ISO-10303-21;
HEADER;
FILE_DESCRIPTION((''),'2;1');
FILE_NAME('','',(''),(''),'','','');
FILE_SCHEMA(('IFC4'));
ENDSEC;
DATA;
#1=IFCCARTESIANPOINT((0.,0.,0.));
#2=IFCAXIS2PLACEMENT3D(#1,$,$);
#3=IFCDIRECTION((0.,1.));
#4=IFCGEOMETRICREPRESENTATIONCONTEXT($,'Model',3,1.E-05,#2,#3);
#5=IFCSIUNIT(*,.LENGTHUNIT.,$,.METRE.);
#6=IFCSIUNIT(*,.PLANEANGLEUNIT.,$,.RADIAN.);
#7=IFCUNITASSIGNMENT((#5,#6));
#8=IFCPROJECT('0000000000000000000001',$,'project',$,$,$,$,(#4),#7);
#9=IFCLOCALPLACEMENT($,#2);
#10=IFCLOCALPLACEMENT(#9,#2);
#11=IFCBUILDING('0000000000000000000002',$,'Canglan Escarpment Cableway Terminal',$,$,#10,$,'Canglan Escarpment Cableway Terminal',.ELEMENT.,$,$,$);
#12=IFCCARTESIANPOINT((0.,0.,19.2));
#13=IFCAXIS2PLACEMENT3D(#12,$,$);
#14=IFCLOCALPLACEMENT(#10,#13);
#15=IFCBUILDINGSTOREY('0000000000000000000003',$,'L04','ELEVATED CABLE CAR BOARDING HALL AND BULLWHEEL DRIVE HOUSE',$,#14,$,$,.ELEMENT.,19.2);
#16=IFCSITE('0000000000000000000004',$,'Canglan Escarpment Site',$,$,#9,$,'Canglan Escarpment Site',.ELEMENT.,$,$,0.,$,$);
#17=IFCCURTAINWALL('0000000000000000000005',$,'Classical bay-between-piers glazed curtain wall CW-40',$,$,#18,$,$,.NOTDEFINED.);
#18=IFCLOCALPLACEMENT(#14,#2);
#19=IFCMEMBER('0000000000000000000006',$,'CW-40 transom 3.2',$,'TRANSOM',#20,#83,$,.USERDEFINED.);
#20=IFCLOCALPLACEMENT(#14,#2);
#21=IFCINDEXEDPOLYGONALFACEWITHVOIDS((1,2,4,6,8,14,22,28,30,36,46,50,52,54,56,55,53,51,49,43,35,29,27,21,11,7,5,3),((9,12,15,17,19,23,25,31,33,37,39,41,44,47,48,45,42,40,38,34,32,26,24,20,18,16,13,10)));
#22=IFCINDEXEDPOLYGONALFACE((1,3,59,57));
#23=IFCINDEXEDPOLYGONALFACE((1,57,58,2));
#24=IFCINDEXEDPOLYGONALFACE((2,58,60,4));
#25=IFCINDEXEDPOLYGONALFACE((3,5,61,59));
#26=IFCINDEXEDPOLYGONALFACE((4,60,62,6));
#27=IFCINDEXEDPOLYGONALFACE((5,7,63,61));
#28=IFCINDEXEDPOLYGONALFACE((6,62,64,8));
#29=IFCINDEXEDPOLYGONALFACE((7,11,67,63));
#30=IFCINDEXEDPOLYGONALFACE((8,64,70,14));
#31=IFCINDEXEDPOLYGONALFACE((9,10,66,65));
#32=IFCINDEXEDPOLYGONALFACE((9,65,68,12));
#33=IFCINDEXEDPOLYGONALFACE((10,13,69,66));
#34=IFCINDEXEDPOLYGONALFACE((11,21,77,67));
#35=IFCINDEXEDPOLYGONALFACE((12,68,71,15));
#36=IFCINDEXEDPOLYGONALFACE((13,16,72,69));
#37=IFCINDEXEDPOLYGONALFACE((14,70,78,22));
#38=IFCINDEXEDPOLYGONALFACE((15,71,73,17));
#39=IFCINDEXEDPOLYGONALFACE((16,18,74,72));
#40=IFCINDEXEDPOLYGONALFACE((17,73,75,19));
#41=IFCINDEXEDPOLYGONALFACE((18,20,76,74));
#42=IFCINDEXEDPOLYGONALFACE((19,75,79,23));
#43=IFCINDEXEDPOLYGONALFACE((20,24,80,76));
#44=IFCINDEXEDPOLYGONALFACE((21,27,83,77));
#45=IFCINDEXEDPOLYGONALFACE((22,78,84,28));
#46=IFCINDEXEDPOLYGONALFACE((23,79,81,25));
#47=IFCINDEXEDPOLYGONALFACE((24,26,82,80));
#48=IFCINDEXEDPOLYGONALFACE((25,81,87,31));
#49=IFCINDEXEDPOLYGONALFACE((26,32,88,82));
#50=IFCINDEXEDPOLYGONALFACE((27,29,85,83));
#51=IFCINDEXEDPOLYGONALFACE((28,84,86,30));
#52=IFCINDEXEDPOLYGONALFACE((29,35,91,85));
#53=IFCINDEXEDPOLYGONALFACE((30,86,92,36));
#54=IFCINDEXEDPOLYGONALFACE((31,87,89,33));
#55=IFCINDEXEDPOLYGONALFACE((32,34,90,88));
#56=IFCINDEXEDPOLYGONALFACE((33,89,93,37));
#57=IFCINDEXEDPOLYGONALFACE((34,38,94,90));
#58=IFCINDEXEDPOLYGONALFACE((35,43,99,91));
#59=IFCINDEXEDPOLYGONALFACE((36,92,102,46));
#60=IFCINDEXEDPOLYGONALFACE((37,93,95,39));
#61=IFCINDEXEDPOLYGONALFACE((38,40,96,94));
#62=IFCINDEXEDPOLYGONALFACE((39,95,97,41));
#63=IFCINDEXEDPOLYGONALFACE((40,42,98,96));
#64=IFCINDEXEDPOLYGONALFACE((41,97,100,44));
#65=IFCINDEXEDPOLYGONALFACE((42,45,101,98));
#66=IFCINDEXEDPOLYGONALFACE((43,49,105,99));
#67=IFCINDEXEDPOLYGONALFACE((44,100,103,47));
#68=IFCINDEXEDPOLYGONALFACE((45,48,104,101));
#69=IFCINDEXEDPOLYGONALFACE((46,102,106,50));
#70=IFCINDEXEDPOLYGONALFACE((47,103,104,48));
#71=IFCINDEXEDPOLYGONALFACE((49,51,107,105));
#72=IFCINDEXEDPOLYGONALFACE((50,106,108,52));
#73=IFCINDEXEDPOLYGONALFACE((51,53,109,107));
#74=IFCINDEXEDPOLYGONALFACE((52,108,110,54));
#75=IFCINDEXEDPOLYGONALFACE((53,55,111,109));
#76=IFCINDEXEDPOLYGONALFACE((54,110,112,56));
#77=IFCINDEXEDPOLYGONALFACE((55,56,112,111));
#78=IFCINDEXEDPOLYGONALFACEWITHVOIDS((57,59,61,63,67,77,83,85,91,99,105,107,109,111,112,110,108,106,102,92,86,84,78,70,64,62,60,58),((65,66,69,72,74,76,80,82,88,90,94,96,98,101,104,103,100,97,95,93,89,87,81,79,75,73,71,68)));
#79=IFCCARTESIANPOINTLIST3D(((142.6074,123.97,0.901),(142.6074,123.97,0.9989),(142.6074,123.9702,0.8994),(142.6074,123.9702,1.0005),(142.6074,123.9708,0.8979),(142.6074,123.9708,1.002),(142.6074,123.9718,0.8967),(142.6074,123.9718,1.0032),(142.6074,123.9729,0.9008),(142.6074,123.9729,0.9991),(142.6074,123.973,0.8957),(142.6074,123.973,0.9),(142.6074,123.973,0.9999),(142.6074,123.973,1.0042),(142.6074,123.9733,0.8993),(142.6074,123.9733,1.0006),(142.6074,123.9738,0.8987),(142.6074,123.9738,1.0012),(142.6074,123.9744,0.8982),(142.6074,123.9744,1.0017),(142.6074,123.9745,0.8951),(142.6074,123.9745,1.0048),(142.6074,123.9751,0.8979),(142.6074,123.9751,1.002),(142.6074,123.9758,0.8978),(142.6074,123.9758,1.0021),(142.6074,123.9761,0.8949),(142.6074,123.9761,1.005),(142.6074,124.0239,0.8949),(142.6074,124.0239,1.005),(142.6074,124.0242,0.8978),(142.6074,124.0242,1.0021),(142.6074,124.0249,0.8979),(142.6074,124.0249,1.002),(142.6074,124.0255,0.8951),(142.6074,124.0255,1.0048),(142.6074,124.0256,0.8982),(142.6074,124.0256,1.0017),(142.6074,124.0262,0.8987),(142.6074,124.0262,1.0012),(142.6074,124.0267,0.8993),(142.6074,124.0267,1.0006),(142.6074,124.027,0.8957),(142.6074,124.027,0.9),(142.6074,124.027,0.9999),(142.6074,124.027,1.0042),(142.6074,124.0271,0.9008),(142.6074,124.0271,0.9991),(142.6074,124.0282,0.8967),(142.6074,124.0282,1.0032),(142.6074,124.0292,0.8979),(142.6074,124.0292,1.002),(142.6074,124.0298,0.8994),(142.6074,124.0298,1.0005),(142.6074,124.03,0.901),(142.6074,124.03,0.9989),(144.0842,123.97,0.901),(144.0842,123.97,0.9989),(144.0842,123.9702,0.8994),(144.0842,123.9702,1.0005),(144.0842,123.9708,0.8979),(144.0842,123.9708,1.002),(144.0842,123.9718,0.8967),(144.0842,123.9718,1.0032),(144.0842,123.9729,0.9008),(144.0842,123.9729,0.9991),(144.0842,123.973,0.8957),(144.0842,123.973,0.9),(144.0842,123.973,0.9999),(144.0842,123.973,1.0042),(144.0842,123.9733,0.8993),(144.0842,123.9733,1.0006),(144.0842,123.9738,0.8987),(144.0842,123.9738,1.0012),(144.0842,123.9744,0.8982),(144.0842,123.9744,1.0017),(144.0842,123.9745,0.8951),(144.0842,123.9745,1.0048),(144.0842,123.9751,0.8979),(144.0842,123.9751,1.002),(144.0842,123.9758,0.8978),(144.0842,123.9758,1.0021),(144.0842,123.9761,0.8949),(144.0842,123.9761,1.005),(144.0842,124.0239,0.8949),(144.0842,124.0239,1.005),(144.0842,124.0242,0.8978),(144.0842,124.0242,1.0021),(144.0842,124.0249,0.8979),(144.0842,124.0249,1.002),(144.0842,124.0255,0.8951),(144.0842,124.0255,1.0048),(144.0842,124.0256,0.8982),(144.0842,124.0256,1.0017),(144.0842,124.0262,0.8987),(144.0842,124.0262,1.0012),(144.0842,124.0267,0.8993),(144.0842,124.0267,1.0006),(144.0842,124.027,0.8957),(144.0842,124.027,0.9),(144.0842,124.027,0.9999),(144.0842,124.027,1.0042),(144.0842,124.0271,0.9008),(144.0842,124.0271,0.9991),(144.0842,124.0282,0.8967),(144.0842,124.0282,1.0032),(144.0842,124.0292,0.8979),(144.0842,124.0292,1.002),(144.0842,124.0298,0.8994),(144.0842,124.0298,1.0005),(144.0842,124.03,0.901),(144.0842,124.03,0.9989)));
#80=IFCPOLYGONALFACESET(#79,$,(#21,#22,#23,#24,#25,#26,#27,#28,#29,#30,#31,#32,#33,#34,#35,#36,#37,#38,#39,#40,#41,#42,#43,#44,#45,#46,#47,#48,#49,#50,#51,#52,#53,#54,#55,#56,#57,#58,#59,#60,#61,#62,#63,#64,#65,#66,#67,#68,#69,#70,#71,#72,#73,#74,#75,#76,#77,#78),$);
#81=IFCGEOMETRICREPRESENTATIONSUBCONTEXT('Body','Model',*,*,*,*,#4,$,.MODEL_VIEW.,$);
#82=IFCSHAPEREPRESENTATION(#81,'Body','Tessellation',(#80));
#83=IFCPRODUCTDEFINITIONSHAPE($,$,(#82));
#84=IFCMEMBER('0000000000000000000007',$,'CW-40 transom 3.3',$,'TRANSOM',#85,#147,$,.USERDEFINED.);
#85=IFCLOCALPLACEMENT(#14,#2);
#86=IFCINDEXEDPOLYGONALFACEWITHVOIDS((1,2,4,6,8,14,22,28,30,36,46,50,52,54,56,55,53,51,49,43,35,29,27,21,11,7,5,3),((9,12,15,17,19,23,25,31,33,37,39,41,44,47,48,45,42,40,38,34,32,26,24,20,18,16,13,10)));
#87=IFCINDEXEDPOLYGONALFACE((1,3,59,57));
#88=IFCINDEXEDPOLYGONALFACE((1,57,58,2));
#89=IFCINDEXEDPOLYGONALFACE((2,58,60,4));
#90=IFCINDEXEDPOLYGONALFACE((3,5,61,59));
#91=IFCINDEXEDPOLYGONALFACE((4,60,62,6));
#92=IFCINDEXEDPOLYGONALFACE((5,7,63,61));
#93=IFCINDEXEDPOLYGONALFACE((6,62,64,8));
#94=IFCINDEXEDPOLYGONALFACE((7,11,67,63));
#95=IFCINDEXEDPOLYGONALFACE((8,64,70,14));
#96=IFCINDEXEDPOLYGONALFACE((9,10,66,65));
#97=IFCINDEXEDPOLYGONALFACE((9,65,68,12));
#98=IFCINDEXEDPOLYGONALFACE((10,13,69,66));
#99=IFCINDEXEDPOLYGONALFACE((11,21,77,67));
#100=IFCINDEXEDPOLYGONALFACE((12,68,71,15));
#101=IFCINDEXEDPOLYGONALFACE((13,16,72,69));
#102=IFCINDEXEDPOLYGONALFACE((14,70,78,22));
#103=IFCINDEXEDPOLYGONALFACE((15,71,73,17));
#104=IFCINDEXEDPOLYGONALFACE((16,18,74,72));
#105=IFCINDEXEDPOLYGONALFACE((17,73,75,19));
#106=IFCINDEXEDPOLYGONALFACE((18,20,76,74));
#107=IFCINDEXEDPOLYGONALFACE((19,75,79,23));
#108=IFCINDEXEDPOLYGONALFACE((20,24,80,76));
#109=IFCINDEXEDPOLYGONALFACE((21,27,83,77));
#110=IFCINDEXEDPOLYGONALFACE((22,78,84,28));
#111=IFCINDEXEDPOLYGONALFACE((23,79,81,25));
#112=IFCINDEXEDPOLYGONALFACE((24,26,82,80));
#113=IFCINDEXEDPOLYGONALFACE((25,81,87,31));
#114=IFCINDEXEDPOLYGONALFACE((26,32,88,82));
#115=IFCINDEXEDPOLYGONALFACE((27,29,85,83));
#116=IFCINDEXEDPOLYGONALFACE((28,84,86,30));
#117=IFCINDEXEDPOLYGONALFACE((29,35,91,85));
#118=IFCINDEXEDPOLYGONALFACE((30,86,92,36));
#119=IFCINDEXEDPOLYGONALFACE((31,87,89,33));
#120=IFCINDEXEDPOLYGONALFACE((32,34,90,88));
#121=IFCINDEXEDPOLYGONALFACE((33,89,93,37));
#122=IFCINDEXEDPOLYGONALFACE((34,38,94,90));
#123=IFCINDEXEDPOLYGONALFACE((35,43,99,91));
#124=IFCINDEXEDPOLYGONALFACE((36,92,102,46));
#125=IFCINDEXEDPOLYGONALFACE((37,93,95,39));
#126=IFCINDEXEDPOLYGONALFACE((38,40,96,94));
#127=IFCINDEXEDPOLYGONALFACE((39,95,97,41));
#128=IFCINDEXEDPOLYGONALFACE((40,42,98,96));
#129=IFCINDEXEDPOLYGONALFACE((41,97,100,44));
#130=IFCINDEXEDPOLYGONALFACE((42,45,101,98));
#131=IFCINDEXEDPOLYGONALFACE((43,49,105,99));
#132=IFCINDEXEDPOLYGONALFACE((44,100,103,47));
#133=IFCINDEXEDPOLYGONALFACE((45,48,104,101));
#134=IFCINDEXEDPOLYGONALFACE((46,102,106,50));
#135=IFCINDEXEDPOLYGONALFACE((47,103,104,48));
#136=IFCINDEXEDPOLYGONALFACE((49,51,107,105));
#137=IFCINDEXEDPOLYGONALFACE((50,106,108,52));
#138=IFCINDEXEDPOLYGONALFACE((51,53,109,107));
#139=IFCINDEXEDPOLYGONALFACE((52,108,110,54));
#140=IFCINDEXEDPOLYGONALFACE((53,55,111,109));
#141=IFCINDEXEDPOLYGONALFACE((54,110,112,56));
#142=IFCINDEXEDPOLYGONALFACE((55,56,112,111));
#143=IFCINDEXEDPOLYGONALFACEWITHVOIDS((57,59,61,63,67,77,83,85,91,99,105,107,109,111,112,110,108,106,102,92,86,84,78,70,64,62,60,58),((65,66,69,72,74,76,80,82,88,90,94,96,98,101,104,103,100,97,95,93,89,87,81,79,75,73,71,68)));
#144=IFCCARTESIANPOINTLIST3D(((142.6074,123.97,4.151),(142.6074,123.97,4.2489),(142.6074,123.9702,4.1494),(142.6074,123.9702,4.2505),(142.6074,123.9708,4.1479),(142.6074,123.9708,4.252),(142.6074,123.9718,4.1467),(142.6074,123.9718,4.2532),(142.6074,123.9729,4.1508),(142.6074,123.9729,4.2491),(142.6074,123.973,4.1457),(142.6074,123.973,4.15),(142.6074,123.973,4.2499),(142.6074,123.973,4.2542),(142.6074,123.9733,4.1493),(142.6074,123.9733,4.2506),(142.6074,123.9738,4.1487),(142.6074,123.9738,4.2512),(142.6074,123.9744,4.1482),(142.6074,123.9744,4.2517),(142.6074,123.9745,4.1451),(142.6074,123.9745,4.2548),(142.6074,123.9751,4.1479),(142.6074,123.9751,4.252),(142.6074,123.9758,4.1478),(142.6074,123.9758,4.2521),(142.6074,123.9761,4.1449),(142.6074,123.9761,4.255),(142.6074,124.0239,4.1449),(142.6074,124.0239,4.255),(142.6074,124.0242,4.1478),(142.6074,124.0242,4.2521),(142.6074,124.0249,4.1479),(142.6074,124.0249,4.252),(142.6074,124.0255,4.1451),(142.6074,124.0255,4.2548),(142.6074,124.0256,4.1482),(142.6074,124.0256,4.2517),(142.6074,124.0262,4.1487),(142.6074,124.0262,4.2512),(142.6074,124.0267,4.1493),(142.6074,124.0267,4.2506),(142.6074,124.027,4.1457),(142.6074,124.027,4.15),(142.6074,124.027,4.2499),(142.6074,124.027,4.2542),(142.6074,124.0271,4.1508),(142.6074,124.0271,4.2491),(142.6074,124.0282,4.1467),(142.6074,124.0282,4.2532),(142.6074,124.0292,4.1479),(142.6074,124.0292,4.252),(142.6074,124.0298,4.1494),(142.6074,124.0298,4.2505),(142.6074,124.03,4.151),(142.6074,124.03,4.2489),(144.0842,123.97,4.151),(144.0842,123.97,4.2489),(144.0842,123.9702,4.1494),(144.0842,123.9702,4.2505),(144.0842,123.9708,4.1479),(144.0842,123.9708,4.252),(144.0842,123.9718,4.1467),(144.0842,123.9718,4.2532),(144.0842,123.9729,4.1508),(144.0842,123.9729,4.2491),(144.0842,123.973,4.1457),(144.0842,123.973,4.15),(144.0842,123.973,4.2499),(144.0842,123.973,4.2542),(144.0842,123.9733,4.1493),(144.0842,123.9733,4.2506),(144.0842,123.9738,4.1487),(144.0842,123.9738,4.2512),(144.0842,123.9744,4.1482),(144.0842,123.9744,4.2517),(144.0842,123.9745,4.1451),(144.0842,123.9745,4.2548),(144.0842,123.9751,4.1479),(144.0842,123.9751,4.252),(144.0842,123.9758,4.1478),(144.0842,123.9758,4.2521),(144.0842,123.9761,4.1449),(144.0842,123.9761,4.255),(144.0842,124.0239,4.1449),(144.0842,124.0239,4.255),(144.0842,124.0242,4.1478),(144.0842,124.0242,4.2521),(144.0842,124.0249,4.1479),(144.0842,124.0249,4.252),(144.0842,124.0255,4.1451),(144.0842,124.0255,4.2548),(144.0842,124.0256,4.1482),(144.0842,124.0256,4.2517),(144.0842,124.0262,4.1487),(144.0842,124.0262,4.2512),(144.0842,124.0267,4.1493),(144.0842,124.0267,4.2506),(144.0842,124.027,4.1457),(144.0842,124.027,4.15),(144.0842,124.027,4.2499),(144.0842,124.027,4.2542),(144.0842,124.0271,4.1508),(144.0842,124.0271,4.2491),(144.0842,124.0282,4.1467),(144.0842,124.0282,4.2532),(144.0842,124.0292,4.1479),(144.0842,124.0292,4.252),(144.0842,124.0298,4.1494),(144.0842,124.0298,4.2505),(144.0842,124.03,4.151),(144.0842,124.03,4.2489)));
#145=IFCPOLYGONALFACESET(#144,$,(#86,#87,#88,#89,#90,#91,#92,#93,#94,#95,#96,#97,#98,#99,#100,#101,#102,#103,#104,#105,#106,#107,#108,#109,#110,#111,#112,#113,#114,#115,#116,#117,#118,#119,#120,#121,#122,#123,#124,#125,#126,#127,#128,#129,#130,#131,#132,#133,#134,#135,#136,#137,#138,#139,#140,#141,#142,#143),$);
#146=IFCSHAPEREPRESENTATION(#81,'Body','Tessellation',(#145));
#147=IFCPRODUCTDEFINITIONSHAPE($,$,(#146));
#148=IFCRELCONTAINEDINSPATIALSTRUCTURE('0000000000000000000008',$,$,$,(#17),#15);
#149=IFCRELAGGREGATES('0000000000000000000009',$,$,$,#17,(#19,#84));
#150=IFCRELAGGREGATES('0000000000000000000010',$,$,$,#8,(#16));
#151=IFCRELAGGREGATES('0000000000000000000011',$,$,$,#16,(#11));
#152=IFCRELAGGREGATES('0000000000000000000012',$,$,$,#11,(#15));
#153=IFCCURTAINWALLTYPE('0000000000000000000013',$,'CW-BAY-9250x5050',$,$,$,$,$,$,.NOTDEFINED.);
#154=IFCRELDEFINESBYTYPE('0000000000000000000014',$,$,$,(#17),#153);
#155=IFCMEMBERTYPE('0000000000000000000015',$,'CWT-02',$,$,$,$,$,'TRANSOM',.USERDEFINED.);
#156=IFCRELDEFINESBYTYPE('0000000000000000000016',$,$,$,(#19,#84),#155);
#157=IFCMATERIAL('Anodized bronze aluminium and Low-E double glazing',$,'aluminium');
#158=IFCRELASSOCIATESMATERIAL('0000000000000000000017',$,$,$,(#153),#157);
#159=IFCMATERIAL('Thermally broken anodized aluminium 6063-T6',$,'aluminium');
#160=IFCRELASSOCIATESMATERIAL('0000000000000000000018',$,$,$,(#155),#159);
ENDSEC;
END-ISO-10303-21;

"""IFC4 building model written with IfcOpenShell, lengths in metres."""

from ifc_helpers import new_model, si_unit, direction, frame, origin, origin_2d, place, context, subcontext, project, spatial, hollow_rectangle, extrude, material, material_profile, profile_set, type_object, element, aggregate, save


model = new_model("IFC4")

# Units and contexts
model_context = context("Model", 3, precision=1e-05, world=origin(), true_north=direction((0.0, 1.0)))
body_context = subcontext(model_context, "Body", "Model", "MODEL_VIEW")
ifc_project = project(units=[si_unit("LENGTHUNIT", "METRE"), si_unit("PLANEANGLEUNIT", "RADIAN")], contexts=[model_context])

# Site, building, storey
site_placement = place(None, origin())
site = spatial("IfcSite", under=ifc_project, at=site_placement, Name="Canglan Escarpment Site", LongName="Canglan Escarpment Site", CompositionType="ELEMENT", RefElevation=0.0)
building_placement = place(site_placement, origin())
building = spatial("IfcBuilding", under=site, at=building_placement, Name="Canglan Escarpment Cableway Terminal", LongName="Canglan Escarpment Cableway Terminal", CompositionType="ELEMENT")
storey_placement = place(building_placement, frame((0.0, 0.0, 19.2)))
storey = spatial("IfcBuildingStorey", under=building, at=storey_placement, Name="L04", Description="ELEVATED CABLE CAR BOARDING HALL AND BULLWHEEL DRIVE HOUSE", CompositionType="ELEMENT", Elevation=19.2)

# Curtain wall, members
ifc_material_1 = material(Name="Anodized bronze aluminium and Low-E double glazing", Category="aluminium")
curtain_wall_type = type_object("IfcCurtainWallType", Name="CW-BAY-9250x5050", PredefinedType="NOTDEFINED", material=ifc_material_1)
curtain_wall_placement = place(storey_placement, origin())
curtain_wall = element("IfcCurtainWall", 1, at=curtain_wall_placement, inside=storey, type_object=curtain_wall_type, Name="Classical bay-between-piers glazed curtain wall CW-40", PredefinedType="NOTDEFINED")
ifc_material_2 = material(Name="Thermally broken anodized aluminium 6063-T6", Category="aluminium")
ifc_material_profile_1 = material_profile(ifc_material_2, hollow_rectangle(XDim=0.0601, YDim=0.1101, WallThickness=0.0029, InnerFilletRadius=0.0029, OuterFilletRadius=0.0061, at=origin_2d()), Name="ALU-TRAN 60x110x3")
ifc_profile_set_1 = profile_set([ifc_material_profile_1], Name="Thermally broken anodized aluminium 6063-T6")
member_type_1 = type_object("IfcMemberType", Name="CWT-02", ElementType="TRANSOM", PredefinedType="USERDEFINED", material=ifc_profile_set_1)
member_1_placement = place(storey_placement, frame((144.0842, 124.0, 0.95), z_axis=(-1.0, 0.0, 0.0), x_axis=(0.0, -1.0, 0.0)))
member_1 = element("IfcMember", 2, at=member_1_placement, type_object=member_type_1, Name="CW-40 transom 3.2", ObjectType="TRANSOM", PredefinedType="USERDEFINED", context=body_context, shape_type="SweptSolid", body=[
    extrude(hollow_rectangle(XDim=0.0601, YDim=0.1101, WallThickness=0.0029, InnerFilletRadius=0.0029, OuterFilletRadius=0.0061, at=origin_2d()), origin(), (0.0, 0.0, 1.0), 1.4768),
])
member_2_placement = place(storey_placement, frame((144.0842, 124.0, 4.2), z_axis=(-1.0, 0.0, 0.0), x_axis=(0.0, -1.0, 0.0)))
member_2 = element("IfcMember", 3, at=member_2_placement, type_object=member_type_1, Name="CW-40 transom 3.3", ObjectType="TRANSOM", PredefinedType="USERDEFINED", context=body_context, shape_type="SweptSolid", body=[
    extrude(hollow_rectangle(XDim=0.0601, YDim=0.1101, WallThickness=0.0029, InnerFilletRadius=0.0029, OuterFilletRadius=0.0061, at=origin_2d()), origin(), (0.0, 0.0, 1.0), 1.4768),
])
aggregate(curtain_wall, [member_1, member_2])

save(model, "model.ifc")
